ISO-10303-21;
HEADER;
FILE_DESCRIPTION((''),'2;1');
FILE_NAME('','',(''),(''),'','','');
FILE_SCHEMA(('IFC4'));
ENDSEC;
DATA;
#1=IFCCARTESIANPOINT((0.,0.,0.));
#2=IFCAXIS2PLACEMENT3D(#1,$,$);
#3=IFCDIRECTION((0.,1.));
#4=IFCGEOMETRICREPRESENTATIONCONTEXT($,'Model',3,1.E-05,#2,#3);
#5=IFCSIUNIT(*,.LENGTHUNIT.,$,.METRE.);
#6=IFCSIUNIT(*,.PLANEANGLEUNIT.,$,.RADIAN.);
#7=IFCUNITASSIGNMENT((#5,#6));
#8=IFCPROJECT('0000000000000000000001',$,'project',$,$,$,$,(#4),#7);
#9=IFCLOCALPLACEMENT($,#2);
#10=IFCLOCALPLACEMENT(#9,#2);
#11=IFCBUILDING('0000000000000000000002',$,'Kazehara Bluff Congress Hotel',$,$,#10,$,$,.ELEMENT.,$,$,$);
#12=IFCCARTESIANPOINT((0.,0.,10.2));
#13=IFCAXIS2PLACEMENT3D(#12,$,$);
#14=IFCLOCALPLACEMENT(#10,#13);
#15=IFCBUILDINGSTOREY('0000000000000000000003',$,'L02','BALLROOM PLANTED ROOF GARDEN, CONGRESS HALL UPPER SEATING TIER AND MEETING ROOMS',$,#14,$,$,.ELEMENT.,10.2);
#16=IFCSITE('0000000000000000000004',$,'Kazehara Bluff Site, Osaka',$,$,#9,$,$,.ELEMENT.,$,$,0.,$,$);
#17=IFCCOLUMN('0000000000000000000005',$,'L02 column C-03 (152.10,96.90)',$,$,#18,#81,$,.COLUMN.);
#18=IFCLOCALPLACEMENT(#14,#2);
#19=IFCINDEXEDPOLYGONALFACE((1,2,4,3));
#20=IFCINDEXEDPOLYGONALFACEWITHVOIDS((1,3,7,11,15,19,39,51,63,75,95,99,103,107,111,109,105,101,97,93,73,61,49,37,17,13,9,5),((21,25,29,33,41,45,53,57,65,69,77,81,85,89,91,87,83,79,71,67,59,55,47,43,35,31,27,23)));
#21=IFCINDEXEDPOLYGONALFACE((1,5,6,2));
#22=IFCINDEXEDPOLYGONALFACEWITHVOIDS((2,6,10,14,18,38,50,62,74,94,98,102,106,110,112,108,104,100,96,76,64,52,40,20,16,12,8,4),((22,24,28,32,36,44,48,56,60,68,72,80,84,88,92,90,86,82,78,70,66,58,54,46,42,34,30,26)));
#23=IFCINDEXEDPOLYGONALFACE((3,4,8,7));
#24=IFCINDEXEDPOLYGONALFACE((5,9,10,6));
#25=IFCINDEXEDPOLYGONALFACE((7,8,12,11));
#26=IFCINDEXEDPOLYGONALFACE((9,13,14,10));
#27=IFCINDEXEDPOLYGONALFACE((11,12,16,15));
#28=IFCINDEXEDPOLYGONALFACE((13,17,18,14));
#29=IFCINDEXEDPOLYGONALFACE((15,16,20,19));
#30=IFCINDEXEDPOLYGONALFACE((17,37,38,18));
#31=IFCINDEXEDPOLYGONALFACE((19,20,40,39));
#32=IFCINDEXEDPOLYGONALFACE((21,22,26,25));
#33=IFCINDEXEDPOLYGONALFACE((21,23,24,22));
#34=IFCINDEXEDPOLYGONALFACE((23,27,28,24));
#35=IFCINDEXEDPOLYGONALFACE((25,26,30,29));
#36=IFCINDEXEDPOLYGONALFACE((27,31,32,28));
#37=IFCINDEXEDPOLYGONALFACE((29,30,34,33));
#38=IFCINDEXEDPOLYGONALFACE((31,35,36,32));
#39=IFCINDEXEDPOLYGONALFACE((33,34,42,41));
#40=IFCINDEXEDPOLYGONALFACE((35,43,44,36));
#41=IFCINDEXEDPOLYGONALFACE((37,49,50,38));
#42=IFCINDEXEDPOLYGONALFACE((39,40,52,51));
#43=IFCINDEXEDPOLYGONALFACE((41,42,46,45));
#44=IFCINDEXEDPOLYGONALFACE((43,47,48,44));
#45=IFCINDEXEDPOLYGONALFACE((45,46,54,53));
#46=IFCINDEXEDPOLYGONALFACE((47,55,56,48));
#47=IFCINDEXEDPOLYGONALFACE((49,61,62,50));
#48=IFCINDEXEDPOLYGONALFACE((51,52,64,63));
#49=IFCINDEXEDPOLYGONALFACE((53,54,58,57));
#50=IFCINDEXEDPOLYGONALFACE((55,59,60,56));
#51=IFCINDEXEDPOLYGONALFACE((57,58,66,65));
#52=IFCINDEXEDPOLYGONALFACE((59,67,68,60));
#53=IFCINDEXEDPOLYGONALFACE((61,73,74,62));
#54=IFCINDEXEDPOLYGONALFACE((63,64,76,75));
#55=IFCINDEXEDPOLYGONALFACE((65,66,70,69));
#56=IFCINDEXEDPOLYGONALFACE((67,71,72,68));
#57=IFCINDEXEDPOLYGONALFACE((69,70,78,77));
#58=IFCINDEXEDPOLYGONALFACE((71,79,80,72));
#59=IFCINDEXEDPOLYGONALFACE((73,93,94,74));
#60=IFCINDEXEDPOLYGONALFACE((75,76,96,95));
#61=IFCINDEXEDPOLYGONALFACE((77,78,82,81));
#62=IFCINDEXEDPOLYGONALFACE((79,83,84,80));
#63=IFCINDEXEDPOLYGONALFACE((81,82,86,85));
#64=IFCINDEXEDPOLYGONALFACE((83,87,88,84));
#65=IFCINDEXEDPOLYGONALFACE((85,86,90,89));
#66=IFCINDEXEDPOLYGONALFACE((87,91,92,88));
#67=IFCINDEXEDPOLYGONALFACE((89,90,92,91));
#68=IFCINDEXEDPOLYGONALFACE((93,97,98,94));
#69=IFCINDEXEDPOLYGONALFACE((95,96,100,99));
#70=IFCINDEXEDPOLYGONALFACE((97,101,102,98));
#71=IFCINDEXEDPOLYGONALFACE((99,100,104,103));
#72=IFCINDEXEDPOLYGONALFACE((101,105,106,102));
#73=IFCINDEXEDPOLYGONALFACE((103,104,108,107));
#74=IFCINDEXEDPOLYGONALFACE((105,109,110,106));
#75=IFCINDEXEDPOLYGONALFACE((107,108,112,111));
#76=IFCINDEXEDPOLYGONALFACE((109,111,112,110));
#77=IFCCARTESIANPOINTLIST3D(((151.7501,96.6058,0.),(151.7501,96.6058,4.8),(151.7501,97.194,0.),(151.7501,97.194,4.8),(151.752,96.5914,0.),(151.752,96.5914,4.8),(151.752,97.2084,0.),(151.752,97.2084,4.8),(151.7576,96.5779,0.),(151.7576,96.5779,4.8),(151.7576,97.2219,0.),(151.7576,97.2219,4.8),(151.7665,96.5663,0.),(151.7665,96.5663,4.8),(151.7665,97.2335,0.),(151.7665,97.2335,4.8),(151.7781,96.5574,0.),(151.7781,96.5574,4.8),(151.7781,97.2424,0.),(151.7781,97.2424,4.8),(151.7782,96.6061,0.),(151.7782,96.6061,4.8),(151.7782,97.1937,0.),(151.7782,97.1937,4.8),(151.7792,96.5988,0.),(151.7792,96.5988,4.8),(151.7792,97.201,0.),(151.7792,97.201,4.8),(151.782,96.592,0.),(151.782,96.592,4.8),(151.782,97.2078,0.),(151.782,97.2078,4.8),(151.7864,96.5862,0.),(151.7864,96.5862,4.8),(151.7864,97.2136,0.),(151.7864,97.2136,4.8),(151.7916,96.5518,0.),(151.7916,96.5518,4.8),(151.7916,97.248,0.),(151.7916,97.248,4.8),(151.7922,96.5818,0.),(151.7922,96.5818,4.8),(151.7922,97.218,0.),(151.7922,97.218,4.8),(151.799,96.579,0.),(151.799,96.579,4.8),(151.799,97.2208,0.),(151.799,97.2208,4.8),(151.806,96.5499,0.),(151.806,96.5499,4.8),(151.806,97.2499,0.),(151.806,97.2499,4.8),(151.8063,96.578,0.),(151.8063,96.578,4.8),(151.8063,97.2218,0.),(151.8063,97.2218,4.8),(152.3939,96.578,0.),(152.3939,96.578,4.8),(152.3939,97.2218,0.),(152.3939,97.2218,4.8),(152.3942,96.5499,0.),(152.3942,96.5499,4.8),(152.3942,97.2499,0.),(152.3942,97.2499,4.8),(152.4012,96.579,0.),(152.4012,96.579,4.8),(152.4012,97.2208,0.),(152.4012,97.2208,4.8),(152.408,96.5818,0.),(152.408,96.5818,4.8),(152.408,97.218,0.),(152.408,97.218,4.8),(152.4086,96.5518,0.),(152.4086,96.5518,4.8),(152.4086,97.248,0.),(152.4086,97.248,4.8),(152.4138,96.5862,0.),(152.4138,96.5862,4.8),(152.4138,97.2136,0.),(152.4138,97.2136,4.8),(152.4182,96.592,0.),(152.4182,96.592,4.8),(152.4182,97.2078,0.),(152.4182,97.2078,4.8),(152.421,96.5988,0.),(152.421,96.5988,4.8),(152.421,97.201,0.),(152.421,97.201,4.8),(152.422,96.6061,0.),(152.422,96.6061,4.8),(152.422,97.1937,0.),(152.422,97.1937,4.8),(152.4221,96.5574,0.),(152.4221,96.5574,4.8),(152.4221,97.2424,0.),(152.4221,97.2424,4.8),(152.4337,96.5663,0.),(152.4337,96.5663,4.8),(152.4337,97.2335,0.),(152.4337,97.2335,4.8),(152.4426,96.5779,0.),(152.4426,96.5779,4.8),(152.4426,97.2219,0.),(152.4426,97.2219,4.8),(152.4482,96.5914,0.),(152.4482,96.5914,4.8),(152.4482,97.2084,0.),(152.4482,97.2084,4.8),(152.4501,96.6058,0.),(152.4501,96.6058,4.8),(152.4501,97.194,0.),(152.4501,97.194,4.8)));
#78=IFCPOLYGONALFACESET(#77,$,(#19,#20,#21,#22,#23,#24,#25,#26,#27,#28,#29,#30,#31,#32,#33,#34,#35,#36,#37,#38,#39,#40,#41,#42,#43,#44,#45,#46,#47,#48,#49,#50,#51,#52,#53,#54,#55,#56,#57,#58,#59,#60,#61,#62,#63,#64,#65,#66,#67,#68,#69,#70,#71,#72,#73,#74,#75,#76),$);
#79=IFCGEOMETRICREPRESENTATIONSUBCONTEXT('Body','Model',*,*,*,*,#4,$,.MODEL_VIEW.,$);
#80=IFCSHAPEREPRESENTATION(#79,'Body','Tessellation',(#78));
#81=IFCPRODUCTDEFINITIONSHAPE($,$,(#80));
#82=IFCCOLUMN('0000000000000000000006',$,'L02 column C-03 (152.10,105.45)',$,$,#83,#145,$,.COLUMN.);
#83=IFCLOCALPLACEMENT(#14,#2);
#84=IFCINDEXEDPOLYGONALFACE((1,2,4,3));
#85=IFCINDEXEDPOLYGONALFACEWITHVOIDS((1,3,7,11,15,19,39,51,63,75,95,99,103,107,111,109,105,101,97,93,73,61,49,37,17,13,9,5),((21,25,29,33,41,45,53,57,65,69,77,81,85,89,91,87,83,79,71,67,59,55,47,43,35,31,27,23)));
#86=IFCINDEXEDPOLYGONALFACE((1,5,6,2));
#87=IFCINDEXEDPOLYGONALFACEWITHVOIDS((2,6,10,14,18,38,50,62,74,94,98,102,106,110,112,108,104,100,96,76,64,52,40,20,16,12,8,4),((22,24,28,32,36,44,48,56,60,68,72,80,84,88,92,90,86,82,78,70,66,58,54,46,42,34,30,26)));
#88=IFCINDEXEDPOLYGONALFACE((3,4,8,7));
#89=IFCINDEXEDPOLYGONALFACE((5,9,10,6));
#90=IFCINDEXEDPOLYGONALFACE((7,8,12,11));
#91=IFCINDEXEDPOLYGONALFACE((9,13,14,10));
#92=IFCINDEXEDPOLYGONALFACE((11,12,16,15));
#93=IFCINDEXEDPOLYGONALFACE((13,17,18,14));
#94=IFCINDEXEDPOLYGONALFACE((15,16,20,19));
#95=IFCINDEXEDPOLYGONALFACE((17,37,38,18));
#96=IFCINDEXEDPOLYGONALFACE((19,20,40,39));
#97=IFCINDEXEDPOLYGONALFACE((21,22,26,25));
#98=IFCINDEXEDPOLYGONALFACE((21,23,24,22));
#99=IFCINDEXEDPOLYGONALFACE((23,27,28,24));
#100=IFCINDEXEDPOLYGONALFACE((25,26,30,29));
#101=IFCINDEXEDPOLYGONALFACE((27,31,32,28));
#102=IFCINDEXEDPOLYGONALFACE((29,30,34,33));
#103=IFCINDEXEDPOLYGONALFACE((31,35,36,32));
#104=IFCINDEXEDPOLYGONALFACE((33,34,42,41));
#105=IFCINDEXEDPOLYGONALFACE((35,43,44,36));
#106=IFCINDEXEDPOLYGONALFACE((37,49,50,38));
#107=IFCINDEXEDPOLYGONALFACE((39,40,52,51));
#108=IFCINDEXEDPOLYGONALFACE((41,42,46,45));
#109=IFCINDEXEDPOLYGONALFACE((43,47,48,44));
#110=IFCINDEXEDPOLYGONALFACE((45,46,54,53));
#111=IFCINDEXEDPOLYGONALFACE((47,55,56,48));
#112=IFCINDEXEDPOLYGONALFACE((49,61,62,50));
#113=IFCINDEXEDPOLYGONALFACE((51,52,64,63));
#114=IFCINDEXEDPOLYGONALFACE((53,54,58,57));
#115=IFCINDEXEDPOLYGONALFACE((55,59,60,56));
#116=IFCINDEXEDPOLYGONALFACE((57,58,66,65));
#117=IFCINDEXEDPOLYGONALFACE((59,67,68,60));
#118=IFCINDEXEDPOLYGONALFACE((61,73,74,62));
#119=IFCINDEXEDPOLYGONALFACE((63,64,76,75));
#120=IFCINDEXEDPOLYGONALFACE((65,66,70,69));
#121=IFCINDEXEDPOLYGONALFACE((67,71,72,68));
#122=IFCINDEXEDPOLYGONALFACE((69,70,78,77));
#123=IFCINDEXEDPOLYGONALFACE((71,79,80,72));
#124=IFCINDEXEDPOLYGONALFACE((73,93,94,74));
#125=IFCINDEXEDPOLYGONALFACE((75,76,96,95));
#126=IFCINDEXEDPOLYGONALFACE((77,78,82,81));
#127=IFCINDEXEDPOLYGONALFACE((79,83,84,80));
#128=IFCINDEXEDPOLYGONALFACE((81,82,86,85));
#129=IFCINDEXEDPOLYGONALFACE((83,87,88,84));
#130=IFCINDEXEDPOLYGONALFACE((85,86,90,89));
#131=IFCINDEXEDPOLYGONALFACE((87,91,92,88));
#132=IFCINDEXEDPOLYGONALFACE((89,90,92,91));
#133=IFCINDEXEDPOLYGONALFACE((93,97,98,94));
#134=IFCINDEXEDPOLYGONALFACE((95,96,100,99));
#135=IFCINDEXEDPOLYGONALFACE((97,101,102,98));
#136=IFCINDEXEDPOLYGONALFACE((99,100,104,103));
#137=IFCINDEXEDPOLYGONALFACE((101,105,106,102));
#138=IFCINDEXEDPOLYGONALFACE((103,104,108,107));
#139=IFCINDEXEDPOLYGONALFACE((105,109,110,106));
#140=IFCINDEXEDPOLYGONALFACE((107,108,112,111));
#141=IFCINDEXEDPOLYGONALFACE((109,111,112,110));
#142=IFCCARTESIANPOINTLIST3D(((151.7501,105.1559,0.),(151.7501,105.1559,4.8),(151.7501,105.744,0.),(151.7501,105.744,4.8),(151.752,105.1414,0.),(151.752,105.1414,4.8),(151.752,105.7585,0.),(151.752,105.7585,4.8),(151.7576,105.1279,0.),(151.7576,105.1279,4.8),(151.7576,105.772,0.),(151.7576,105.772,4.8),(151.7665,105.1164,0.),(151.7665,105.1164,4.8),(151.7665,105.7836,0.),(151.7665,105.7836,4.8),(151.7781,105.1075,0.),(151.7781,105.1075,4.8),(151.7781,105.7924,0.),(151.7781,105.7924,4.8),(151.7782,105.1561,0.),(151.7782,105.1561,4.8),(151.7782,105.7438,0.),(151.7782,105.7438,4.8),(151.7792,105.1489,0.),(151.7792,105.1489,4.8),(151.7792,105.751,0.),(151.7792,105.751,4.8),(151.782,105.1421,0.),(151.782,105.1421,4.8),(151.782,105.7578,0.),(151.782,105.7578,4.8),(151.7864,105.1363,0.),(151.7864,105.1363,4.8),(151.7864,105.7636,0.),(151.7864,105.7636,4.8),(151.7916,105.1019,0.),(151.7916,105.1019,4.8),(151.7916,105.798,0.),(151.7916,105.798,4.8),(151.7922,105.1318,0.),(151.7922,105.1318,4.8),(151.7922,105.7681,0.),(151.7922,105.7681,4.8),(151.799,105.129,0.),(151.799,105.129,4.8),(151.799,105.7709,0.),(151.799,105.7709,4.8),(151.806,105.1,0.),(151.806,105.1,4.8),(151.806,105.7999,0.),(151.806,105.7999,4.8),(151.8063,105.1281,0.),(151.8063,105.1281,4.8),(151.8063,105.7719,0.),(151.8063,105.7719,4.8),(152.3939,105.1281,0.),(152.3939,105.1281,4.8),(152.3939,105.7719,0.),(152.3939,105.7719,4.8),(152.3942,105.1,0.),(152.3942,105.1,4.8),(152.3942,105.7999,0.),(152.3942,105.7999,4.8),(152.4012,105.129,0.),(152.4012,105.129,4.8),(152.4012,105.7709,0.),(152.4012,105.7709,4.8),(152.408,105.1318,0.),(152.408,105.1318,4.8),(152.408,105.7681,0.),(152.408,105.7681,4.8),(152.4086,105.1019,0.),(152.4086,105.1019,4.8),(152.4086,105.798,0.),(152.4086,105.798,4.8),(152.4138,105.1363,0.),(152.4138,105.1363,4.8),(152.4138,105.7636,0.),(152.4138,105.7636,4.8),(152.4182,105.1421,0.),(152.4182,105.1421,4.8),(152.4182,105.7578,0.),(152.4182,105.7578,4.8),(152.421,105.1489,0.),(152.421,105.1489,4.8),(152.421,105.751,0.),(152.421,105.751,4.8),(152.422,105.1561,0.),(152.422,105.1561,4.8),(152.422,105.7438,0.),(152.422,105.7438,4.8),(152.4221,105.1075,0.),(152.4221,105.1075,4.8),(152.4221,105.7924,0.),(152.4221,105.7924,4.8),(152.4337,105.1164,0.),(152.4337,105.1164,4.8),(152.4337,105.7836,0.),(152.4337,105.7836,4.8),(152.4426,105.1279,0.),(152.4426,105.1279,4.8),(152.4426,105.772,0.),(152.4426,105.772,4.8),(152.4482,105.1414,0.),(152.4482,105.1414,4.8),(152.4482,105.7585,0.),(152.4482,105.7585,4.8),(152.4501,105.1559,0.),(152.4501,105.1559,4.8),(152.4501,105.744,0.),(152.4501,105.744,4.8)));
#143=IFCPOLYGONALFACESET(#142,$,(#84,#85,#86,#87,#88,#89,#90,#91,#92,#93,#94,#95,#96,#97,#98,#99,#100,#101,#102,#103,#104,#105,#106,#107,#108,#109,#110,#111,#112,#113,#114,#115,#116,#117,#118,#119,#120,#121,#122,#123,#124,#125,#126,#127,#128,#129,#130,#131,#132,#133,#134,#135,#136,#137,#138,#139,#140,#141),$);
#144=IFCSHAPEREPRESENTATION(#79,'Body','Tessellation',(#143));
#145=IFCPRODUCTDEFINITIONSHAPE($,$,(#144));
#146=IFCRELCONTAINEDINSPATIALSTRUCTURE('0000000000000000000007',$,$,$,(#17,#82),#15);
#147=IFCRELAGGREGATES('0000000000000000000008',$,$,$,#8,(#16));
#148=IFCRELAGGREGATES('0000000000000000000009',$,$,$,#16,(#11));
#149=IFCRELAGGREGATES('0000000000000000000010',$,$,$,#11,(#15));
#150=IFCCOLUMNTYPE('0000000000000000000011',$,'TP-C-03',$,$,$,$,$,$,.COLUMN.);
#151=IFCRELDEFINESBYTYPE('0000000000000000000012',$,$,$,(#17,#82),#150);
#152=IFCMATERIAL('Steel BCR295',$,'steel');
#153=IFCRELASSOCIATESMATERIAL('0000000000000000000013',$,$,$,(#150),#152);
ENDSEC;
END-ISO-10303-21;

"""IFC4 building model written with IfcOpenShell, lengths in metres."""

from ifc_helpers import new_model, si_unit, direction, frame, origin, origin_2d, place, context, subcontext, project, spatial, hollow_rectangle, extrude, material, material_profile, profile_set, type_object, element, save


model = new_model("IFC4")

# Units and contexts
model_context = context("Model", 3, precision=1e-05, world=origin(), true_north=direction((0.0, 1.0)))
body_context = subcontext(model_context, "Body", "Model", "MODEL_VIEW")
ifc_project = project(units=[si_unit("LENGTHUNIT", "METRE"), si_unit("PLANEANGLEUNIT", "RADIAN")], contexts=[model_context])

# Site, building, storey
site_placement = place(None, origin())
site = spatial("IfcSite", under=ifc_project, at=site_placement, Name="Kazehara Bluff Site, Osaka", CompositionType="ELEMENT", RefElevation=0.0)
building_placement = place(site_placement, origin())
building = spatial("IfcBuilding", under=site, at=building_placement, Name="Kazehara Bluff Congress Hotel", CompositionType="ELEMENT")
storey_placement = place(building_placement, frame((0.0, 0.0, 10.2)))
storey = spatial("IfcBuildingStorey", under=building, at=storey_placement, Name="L02", Description="BALLROOM PLANTED ROOF GARDEN, CONGRESS HALL UPPER SEATING TIER AND MEETING ROOMS", CompositionType="ELEMENT", Elevation=10.2)

# Columns
ifc_material_1 = material(Name="Steel BCR295", Category="steel")
ifc_material_profile_1 = material_profile(ifc_material_1, hollow_rectangle(XDim=0.7, YDim=0.7, WallThickness=0.0281, InnerFilletRadius=0.0281, OuterFilletRadius=0.0559, at=origin_2d()))
ifc_profile_set_1 = profile_set([ifc_material_profile_1], Name="Steel BCR295")
column_type = type_object("IfcColumnType", Name="TP-C-03", PredefinedType="COLUMN", material=ifc_profile_set_1)
for number, where, z_axis, x_axis, name in (
    (1, (152.1001, 96.8999, 0.0), (0.0, 0.0, 1.0), (1.0, 0.0, 0.0), "L02 column C-03 (152.10,96.90)"),
    (2, (152.1001, 105.45, 0.0), (0.0, 0.0, 1.0), (1.0, 0.0, 0.0), "L02 column C-03 (152.10,105.45)"),
):
    element("IfcColumn", number, at=place(storey_placement, frame(where, z_axis=z_axis, x_axis=x_axis)), inside=storey, type_object=column_type, Name=name, PredefinedType="COLUMN", context=body_context, shape_type="SweptSolid", body=[
        extrude(hollow_rectangle(XDim=0.7, YDim=0.7, WallThickness=0.0281, InnerFilletRadius=0.0281, OuterFilletRadius=0.0559, at=origin_2d()), origin(), (0.0, 0.0, 1.0), 4.8),
    ])

save(model, "model.ifc")
